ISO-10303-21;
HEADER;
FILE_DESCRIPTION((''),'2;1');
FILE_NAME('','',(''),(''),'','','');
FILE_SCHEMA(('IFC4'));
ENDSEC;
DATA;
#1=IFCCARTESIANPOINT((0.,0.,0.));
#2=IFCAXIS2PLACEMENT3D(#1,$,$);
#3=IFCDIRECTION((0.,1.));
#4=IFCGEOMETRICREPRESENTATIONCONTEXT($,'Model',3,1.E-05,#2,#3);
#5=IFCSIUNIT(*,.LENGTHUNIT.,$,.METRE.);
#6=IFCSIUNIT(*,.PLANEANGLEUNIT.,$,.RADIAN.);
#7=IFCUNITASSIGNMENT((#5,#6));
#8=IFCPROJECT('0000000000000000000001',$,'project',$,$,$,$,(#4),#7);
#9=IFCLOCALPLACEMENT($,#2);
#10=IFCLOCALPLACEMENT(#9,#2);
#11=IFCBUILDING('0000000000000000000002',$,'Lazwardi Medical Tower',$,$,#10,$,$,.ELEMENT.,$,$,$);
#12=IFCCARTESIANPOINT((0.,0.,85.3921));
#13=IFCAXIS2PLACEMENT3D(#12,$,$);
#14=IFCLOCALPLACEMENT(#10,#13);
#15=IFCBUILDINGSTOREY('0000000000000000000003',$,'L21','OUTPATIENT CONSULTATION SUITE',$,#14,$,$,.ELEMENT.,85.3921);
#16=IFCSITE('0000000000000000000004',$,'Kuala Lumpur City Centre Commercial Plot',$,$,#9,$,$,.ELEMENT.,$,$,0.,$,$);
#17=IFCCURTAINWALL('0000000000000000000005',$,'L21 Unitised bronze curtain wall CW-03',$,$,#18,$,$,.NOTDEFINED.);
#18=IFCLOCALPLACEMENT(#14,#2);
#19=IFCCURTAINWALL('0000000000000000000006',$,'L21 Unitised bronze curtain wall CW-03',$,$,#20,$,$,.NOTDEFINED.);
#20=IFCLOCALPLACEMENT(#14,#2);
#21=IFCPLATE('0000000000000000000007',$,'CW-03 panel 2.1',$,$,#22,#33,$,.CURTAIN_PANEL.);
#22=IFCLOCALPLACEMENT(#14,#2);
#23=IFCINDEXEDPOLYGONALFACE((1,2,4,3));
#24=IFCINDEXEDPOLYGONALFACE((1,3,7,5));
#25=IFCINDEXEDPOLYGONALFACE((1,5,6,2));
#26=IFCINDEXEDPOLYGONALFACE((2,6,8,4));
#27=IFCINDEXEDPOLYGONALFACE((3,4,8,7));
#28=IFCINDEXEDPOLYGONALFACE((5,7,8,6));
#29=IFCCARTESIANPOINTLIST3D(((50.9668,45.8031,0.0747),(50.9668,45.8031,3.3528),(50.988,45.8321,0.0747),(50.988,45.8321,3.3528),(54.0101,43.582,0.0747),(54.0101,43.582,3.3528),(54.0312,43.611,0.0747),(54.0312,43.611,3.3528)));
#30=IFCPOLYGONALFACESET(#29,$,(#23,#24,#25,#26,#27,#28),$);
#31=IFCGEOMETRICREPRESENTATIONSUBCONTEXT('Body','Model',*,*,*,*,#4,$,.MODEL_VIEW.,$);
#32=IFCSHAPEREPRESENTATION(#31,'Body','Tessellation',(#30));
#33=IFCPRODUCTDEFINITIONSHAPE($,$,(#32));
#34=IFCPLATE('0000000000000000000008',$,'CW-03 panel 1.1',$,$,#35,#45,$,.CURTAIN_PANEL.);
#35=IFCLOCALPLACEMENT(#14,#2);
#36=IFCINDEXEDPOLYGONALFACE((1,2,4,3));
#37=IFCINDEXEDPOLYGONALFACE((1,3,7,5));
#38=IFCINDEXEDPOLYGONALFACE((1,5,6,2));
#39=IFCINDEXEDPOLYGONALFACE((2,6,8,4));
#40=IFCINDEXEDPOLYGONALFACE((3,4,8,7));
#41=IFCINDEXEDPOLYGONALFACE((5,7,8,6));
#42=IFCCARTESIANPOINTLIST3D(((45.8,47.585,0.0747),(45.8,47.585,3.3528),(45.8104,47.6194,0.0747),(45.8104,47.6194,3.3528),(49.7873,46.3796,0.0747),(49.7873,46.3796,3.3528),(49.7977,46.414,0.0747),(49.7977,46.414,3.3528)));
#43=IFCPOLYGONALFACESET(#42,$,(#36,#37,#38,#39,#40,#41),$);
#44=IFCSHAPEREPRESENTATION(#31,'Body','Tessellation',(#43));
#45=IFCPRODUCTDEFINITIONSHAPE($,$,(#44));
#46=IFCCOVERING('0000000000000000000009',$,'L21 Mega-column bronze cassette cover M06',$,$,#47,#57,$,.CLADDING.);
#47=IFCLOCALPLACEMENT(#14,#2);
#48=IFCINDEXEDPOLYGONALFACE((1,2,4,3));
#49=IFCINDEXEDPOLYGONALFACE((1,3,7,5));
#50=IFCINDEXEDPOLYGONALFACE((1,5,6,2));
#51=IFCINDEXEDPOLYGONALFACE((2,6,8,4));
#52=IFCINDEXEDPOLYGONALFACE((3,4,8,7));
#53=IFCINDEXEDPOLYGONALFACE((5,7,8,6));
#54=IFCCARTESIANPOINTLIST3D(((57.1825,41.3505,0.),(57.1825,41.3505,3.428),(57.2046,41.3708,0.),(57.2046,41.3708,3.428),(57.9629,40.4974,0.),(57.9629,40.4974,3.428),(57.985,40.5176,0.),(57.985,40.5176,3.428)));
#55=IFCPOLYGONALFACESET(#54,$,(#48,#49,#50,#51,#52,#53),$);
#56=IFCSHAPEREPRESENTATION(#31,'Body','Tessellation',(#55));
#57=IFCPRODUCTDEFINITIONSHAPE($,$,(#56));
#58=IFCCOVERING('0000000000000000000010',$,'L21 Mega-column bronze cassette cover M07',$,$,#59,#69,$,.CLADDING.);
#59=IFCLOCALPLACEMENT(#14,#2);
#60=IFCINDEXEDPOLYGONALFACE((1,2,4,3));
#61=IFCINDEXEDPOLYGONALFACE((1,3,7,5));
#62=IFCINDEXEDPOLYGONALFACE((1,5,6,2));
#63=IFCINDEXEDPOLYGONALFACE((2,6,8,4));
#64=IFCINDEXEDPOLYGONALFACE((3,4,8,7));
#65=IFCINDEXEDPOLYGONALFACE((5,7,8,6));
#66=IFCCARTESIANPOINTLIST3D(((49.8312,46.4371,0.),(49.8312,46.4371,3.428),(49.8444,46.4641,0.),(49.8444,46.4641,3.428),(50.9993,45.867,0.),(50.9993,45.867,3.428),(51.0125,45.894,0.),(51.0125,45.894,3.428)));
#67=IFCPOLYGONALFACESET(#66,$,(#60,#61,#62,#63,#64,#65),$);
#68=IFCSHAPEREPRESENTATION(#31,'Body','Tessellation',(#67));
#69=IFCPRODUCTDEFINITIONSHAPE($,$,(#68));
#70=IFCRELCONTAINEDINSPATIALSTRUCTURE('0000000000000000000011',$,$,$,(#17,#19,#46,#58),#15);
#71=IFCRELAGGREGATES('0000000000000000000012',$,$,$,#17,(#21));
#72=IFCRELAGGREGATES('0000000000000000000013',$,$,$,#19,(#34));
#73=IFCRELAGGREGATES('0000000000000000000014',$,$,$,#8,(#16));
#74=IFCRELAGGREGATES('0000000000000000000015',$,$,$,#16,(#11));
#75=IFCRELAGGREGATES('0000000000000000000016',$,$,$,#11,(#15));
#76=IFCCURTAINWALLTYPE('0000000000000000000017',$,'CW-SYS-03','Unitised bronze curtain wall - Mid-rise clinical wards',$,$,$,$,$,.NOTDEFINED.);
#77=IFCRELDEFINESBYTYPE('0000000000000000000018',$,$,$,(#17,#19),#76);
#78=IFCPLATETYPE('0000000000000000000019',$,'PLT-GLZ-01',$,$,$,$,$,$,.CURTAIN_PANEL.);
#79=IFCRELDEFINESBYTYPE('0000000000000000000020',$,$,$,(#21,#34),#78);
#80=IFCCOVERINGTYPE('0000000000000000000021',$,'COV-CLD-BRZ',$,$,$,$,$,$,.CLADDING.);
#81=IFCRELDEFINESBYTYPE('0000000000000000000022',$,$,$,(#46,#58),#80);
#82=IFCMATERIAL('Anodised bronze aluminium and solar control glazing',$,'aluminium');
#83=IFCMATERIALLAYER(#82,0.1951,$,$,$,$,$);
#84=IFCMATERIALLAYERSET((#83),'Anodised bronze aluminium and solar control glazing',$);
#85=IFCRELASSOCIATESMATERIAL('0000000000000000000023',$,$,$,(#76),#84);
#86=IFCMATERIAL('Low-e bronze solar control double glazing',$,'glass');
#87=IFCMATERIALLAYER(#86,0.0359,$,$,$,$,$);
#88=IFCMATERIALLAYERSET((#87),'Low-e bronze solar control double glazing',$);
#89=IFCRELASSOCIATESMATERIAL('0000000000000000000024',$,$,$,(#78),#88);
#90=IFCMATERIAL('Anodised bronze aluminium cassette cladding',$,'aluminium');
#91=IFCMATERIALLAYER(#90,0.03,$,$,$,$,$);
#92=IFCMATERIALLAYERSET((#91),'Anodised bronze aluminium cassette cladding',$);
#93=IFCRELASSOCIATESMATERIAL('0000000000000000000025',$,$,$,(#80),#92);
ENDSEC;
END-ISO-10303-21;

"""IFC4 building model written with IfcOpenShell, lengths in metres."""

from ifc_helpers import new_model, si_unit, direction, frame, origin, origin_2d, place, context, subcontext, project, spatial, rectangle, extrude, material, layer, layer_set, type_object, element, aggregate, save


model = new_model("IFC4")

# Units and contexts
model_context = context("Model", 3, precision=1e-05, world=origin(), true_north=direction((0.0, 1.0)))
body_context = subcontext(model_context, "Body", "Model", "MODEL_VIEW")
ifc_project = project(units=[si_unit("LENGTHUNIT", "METRE"), si_unit("PLANEANGLEUNIT", "RADIAN")], contexts=[model_context])

# Site, building, storey
site_placement = place(None, origin())
site = spatial("IfcSite", under=ifc_project, at=site_placement, Name="Kuala Lumpur City Centre Commercial Plot", CompositionType="ELEMENT", RefElevation=0.0)
building_placement = place(site_placement, origin())
building = spatial("IfcBuilding", under=site, at=building_placement, Name="Lazwardi Medical Tower", CompositionType="ELEMENT")
storey_placement = place(building_placement, frame((0.0, 0.0, 85.3921)))
storey = spatial("IfcBuildingStorey", under=building, at=storey_placement, Name="L21", Description="OUTPATIENT CONSULTATION SUITE", CompositionType="ELEMENT", Elevation=85.3921)

# Shared definitions
ifc_material_1 = material(Name="Anodised bronze aluminium and solar control glazing", Category="aluminium")
ifc_layer_1 = layer(ifc_material_1, 0.1951)
ifc_layer_set_1 = layer_set([ifc_layer_1], Name="Anodised bronze aluminium and solar control glazing")
curtain_wall_type = type_object("IfcCurtainWallType", Name="CW-SYS-03", Description="Unitised bronze curtain wall - Mid-rise clinical wards", PredefinedType="NOTDEFINED", material=ifc_layer_set_1)

# Curtain wall
curtain_wall_1_placement = place(storey_placement, origin())
curtain_wall_1 = element("IfcCurtainWall", 1, at=curtain_wall_1_placement, inside=storey, type_object=curtain_wall_type, Name="L21 Unitised bronze curtain wall CW-03", PredefinedType="NOTDEFINED")

# Curtain wall
curtain_wall_2_placement = place(storey_placement, origin())
curtain_wall_2 = element("IfcCurtainWall", 2, at=curtain_wall_2_placement, inside=storey, type_object=curtain_wall_type, Name="L21 Unitised bronze curtain wall CW-03", PredefinedType="NOTDEFINED")

# Plates
ifc_material_2 = material(Name="Low-e bronze solar control double glazing", Category="glass")
ifc_layer_2 = layer(ifc_material_2, 0.0359)
ifc_layer_set_2 = layer_set([ifc_layer_2], Name="Low-e bronze solar control double glazing")
plate_type = type_object("IfcPlateType", Name="PLT-GLZ-01", PredefinedType="CURTAIN_PANEL", material=ifc_layer_set_2)
plate_1_placement = place(storey_placement, frame((52.499, 44.707, 0.0747), z_axis=(0.0, 0.0, 1.0), x_axis=(-0.807746, 0.589531, 0.0)))
plate_1 = element("IfcPlate", 3, at=plate_1_placement, type_object=plate_type, Name="CW-03 panel 2.1", PredefinedType="CURTAIN_PANEL", context=body_context, shape_type="SweptSolid", body=[
    extrude(rectangle(XDim=3.7676, YDim=0.0359, at=origin_2d()), origin(), (0.0, 0.0, 1.0), 3.2781),
])
aggregate(curtain_wall_1, [plate_1])
plate_2_placement = place(storey_placement, frame((47.7988, 46.9995, 0.0747), z_axis=(0.0, 0.0, 1.0), x_axis=(-0.957216, 0.289374, 0.0)))
plate_2 = element("IfcPlate", 4, at=plate_2_placement, type_object=plate_type, Name="CW-03 panel 1.1", PredefinedType="CURTAIN_PANEL", context=body_context, shape_type="SweptSolid", body=[
    extrude(rectangle(XDim=4.1655, YDim=0.0359, at=origin_2d()), origin(), (0.0, 0.0, 1.0), 3.2781),
])
aggregate(curtain_wall_2, [plate_2])

# Coverings
ifc_material_3 = material(Name="Anodised bronze aluminium cassette cladding", Category="aluminium")
ifc_layer_3 = layer(ifc_material_3, 0.03)
ifc_layer_set_3 = layer_set([ifc_layer_3], Name="Anodised bronze aluminium cassette cladding")
covering_type = type_object("IfcCoveringType", Name="COV-CLD-BRZ", PredefinedType="CLADDING", material=ifc_layer_set_3)
covering_1_placement = place(storey_placement, frame((57.5837, 40.9341, 0.0), z_axis=(0.0, 0.0, 1.0), x_axis=(-0.674926, 0.737885, 0.0)))
element("IfcCovering", 5, at=covering_1_placement, inside=storey, type_object=covering_type, Name="L21 Mega-column bronze cassette cover M06", PredefinedType="CLADDING", context=body_context, shape_type="SweptSolid", body=[
    extrude(rectangle(XDim=1.1562, YDim=0.03, at=origin_2d()), origin(), (0.0, 0.0, 1.0), 3.428),
])
covering_2_placement = place(storey_placement, frame((50.4219, 46.1655, 0.0), z_axis=(0.0, 0.0, 1.0), x_axis=(-0.898679, 0.438606, 0.0)))
element("IfcCovering", 6, at=covering_2_placement, inside=storey, type_object=covering_type, Name="L21 Mega-column bronze cassette cover M07", PredefinedType="CLADDING", context=body_context, shape_type="SweptSolid", body=[
    extrude(rectangle(XDim=1.2998, YDim=0.03, at=origin_2d()), origin(), (0.0, 0.0, 1.0), 3.428),
])

save(model, "model.ifc")
